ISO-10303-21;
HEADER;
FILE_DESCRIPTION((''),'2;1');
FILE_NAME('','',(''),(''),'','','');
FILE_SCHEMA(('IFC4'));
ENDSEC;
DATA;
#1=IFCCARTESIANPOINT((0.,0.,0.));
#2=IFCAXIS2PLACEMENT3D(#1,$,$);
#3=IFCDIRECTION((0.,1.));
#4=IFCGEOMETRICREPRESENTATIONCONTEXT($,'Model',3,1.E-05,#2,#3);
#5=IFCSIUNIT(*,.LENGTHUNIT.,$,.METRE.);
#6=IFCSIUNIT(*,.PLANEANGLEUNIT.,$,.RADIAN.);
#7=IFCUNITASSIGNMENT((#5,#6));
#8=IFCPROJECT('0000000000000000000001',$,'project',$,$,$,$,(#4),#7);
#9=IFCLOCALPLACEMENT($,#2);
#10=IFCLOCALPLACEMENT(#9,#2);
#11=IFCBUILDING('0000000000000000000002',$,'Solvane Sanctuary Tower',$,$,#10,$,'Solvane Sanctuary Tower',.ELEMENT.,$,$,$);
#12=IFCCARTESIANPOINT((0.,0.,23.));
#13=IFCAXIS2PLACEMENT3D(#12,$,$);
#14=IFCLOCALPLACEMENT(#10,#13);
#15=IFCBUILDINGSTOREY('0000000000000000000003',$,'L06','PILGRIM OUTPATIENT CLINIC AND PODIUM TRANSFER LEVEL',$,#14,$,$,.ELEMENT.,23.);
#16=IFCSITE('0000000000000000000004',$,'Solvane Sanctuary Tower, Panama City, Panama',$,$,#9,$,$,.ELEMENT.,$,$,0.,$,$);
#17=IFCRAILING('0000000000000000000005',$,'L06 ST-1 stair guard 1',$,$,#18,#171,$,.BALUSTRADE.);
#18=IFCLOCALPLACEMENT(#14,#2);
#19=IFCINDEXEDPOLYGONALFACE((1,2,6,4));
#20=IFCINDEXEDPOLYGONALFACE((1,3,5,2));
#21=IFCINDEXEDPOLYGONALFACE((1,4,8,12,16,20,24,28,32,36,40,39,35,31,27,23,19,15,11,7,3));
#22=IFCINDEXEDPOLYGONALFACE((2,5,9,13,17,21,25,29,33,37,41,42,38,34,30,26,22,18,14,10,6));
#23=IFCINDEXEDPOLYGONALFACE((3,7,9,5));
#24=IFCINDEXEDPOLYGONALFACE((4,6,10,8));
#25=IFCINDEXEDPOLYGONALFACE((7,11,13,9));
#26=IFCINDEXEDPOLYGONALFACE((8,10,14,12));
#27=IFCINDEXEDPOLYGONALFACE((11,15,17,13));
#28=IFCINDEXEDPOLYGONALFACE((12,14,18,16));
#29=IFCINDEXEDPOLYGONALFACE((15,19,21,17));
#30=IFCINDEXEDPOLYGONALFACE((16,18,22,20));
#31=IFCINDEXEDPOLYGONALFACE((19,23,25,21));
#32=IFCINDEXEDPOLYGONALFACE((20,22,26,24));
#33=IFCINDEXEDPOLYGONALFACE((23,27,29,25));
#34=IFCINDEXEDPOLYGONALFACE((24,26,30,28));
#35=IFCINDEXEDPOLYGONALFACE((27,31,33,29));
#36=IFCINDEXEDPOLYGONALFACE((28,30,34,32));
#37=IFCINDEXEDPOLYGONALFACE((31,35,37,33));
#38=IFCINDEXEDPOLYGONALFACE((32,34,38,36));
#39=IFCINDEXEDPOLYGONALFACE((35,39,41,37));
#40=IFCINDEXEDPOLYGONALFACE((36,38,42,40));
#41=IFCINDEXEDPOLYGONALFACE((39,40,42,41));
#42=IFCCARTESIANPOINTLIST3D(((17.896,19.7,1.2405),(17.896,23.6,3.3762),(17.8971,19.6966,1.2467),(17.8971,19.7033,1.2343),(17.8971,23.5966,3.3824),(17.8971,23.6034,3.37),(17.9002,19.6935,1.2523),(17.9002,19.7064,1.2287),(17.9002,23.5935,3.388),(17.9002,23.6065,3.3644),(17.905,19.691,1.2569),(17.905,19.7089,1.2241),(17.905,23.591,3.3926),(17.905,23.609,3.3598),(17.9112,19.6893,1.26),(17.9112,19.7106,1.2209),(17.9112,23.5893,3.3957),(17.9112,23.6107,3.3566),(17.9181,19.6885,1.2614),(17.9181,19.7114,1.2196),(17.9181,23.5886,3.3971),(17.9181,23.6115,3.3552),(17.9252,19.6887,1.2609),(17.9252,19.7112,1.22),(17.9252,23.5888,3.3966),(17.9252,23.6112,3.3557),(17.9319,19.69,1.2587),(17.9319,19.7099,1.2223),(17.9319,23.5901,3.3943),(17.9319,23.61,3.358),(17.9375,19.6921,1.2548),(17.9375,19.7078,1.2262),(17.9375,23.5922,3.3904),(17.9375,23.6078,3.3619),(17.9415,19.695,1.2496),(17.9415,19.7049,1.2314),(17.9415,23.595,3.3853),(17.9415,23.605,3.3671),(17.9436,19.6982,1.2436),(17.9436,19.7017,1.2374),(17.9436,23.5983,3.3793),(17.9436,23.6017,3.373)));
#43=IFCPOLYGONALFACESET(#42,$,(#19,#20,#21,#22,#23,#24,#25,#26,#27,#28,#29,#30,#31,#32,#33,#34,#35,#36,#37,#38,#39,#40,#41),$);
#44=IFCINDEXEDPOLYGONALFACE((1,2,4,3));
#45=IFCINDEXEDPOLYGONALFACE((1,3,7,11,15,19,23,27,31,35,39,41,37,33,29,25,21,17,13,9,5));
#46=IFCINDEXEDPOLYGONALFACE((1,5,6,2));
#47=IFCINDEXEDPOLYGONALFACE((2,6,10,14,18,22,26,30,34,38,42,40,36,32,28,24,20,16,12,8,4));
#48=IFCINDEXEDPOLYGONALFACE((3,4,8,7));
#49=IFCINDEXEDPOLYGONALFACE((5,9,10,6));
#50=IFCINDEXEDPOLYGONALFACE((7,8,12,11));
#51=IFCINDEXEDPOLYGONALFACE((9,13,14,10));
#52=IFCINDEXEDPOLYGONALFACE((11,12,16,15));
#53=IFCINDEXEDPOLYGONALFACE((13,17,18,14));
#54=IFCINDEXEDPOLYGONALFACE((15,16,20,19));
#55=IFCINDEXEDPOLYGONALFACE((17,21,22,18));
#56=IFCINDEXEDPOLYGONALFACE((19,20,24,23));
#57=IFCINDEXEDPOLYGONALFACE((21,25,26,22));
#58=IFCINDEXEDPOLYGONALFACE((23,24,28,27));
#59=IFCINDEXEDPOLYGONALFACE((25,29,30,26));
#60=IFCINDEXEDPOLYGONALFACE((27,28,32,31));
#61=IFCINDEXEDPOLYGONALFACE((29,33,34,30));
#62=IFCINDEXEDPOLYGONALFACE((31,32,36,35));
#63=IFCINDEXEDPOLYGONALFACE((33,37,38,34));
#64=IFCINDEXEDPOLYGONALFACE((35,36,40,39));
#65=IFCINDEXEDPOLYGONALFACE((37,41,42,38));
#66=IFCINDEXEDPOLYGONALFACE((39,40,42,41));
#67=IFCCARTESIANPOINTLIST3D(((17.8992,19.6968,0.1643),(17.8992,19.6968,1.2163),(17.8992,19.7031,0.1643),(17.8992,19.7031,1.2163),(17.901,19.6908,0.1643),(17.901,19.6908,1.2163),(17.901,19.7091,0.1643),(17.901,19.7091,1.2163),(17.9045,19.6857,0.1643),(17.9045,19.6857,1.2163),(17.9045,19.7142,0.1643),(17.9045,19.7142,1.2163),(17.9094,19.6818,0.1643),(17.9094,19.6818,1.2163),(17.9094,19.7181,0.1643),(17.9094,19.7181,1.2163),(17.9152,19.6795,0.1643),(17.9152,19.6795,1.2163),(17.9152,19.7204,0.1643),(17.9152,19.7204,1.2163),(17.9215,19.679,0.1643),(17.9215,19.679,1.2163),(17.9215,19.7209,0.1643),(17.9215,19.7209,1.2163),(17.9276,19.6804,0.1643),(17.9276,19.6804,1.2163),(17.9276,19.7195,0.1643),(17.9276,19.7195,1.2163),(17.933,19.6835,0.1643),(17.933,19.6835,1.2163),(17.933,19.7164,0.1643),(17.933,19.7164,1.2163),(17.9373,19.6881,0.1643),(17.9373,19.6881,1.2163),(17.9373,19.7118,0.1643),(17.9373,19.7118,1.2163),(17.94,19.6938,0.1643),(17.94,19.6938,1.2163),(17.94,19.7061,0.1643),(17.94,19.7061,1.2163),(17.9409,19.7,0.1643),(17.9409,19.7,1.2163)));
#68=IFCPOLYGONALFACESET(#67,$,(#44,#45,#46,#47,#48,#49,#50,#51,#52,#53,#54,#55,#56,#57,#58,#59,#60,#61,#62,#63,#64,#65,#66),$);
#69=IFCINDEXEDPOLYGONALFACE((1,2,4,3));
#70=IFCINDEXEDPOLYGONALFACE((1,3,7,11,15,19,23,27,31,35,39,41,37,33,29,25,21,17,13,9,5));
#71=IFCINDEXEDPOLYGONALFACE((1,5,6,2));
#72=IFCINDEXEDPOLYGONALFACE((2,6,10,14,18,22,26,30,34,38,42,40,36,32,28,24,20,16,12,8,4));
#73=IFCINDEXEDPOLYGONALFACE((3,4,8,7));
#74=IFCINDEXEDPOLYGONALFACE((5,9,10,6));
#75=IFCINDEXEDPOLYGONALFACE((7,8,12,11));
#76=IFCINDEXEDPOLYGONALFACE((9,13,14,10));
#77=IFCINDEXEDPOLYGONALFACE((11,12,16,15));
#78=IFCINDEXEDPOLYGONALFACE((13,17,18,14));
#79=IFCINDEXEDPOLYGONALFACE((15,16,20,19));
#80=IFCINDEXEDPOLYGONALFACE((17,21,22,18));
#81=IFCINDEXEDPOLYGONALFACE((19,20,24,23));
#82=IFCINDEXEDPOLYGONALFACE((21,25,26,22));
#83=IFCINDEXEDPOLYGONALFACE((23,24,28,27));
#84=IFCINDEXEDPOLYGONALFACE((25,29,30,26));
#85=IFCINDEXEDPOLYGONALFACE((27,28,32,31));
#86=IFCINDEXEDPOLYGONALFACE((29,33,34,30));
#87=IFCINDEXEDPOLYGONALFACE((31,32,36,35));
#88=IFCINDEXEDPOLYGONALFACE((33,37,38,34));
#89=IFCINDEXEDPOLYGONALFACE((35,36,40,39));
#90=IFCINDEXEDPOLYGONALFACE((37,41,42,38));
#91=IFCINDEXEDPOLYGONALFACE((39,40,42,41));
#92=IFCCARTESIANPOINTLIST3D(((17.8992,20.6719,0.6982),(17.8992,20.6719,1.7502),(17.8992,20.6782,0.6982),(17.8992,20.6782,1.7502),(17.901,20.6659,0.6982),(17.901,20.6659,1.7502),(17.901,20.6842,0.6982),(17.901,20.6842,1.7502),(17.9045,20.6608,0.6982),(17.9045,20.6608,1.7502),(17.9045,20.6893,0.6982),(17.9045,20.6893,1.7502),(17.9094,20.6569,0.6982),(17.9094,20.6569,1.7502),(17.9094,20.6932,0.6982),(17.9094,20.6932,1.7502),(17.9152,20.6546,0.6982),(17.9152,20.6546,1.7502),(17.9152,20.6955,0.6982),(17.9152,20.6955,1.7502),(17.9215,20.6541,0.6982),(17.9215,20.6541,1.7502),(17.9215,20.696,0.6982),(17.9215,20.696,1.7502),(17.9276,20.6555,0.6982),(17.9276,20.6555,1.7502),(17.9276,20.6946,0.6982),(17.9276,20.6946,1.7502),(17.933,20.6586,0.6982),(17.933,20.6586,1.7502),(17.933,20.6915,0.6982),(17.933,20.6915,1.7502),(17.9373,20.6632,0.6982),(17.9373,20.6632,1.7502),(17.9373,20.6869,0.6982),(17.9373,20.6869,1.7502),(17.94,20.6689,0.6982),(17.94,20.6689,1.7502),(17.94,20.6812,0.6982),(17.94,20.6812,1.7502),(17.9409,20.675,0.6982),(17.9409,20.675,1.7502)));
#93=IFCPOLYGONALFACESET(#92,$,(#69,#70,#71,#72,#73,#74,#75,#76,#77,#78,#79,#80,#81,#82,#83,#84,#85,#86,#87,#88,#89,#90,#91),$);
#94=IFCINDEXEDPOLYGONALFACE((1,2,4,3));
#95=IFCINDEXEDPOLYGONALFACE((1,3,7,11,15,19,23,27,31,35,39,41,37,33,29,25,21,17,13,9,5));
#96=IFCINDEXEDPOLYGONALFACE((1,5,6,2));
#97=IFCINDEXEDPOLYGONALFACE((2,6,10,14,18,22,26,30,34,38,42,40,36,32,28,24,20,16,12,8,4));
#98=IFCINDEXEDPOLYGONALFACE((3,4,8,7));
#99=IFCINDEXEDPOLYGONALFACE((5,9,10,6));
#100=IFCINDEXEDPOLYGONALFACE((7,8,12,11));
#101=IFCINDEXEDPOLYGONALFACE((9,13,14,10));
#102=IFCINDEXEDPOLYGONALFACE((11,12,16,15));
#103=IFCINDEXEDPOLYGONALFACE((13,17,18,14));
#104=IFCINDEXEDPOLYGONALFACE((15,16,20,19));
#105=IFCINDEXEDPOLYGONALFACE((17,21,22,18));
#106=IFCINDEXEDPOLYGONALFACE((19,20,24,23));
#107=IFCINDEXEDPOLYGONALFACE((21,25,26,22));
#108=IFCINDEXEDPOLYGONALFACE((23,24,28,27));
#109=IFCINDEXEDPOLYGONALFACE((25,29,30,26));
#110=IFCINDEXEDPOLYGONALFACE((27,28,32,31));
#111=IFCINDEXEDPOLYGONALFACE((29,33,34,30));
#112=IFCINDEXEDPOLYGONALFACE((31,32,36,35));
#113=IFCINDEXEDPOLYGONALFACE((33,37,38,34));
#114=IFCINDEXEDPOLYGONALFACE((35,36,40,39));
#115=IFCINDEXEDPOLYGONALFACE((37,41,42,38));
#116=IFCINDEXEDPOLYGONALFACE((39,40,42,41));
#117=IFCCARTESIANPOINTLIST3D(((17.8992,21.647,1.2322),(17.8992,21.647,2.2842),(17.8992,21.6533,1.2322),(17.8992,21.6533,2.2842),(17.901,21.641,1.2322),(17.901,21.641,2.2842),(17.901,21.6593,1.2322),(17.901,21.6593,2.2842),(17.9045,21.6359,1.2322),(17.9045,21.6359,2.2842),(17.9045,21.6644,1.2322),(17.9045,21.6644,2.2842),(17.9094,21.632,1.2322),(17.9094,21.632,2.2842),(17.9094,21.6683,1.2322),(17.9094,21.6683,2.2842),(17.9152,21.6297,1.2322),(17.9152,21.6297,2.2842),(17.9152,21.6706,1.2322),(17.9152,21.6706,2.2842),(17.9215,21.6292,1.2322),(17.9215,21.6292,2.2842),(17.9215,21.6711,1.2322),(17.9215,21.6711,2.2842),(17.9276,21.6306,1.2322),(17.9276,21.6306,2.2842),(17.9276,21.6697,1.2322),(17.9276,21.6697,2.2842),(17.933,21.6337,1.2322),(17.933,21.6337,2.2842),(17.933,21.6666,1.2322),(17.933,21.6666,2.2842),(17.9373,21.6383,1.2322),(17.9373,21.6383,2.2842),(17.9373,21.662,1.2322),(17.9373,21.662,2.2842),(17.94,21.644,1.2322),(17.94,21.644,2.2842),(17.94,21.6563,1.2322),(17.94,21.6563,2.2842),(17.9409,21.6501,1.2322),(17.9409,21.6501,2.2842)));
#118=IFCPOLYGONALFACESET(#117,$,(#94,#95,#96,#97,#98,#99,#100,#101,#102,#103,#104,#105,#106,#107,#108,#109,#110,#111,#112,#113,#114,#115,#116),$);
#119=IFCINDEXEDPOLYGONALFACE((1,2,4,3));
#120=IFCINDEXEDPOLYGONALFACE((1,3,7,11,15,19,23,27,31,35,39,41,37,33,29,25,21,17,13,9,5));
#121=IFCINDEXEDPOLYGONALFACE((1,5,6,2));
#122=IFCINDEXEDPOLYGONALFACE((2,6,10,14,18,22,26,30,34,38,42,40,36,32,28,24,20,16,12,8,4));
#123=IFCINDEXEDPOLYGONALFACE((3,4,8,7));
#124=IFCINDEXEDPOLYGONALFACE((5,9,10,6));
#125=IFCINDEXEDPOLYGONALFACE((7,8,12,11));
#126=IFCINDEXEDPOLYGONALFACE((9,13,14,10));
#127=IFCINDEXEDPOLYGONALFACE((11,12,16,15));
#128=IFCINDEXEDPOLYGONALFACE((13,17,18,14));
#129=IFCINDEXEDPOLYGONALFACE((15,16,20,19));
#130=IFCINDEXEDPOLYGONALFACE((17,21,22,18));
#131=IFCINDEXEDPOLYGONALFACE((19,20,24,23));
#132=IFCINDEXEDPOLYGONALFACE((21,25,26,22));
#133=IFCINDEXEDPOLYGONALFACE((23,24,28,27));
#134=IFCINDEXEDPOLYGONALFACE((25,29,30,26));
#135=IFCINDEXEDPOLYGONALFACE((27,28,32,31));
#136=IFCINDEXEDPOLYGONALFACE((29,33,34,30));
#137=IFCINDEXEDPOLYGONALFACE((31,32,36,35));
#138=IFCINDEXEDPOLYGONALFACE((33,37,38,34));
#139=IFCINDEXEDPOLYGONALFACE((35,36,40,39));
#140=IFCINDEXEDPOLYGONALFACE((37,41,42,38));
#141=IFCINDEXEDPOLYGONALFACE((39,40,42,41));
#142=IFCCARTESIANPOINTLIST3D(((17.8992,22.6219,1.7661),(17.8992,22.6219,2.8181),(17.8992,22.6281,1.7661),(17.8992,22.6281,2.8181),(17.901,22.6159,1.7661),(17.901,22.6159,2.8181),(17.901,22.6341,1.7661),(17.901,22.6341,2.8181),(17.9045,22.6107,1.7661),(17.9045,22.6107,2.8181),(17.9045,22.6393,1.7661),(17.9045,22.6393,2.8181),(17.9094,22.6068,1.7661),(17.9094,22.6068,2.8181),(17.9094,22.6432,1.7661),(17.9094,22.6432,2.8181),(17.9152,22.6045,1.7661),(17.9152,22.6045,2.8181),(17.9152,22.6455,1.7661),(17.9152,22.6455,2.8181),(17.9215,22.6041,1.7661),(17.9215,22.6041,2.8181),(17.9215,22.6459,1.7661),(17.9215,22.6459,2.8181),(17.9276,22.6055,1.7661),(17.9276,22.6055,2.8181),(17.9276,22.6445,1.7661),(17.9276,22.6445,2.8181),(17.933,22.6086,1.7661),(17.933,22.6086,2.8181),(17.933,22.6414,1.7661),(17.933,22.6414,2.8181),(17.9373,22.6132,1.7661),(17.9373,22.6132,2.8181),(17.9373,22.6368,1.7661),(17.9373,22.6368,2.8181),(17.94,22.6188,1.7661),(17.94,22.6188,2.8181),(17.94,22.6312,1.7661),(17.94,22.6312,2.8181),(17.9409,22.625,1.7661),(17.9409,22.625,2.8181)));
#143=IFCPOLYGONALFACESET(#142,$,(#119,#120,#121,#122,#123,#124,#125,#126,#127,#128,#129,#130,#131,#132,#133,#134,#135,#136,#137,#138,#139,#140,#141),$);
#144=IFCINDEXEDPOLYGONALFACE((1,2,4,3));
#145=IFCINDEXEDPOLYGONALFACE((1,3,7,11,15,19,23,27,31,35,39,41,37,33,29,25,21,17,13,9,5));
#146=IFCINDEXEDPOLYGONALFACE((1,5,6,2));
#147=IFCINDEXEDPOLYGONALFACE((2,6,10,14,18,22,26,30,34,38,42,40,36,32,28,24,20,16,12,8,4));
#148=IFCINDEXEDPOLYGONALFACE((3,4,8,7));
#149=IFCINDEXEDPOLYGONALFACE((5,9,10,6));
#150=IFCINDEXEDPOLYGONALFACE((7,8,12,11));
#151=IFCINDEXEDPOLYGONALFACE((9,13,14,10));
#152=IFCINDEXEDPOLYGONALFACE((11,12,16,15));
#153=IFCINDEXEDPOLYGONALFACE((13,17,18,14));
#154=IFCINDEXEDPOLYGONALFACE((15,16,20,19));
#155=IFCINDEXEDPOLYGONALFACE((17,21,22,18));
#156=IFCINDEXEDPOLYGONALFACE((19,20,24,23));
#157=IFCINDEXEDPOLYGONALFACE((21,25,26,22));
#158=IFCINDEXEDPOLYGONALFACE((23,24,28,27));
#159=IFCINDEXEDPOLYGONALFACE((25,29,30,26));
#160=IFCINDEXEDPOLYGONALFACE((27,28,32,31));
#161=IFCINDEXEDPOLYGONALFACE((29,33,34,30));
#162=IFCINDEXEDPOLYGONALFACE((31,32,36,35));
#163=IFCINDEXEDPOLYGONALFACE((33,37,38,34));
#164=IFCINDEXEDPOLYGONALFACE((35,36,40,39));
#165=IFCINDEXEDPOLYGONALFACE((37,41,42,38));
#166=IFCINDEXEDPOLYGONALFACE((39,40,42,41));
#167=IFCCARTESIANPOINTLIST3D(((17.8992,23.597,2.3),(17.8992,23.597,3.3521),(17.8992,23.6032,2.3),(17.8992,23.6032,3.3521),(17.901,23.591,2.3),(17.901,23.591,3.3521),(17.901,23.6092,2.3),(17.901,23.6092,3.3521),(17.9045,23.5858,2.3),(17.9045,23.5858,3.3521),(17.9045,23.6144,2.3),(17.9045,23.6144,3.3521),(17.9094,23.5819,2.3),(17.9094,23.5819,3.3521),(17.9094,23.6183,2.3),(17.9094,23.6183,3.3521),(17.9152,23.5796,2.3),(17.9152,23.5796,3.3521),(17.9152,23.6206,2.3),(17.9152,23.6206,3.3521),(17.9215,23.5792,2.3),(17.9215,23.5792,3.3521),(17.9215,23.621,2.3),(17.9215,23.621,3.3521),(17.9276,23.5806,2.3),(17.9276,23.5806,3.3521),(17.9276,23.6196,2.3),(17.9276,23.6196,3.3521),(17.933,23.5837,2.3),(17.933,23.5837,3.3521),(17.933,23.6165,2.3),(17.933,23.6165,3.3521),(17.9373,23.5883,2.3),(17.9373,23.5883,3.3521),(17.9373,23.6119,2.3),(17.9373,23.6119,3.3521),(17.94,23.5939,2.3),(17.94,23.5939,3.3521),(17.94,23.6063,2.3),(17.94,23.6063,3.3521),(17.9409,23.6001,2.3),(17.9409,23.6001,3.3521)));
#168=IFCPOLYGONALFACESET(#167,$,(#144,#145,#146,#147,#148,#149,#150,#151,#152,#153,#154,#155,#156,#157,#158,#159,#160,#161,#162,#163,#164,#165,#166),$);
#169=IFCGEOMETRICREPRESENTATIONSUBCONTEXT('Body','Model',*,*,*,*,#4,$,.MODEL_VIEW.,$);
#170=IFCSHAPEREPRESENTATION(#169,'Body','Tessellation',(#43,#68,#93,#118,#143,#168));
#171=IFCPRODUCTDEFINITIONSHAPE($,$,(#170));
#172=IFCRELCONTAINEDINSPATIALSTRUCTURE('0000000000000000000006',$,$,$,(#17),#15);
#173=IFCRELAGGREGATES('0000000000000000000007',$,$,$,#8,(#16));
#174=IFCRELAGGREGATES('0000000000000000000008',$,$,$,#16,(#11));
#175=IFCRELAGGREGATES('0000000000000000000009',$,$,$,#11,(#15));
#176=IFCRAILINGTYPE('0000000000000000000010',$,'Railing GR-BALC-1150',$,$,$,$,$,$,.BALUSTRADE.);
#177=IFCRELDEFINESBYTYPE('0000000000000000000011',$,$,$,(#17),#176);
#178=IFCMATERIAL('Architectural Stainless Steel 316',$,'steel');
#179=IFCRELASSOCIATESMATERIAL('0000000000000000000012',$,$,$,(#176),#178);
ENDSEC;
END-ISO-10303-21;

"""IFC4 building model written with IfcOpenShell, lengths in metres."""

from ifc_helpers import new_model, si_unit, direction, frame, origin, origin_2d, place, context, subcontext, project, spatial, circle, extrude, material, type_object, element, save


model = new_model("IFC4")

# Units and contexts
model_context = context("Model", 3, precision=1e-05, world=origin(), true_north=direction((0.0, 1.0)))
body_context = subcontext(model_context, "Body", "Model", "MODEL_VIEW")
ifc_project = project(units=[si_unit("LENGTHUNIT", "METRE"), si_unit("PLANEANGLEUNIT", "RADIAN")], contexts=[model_context])

# Site, building, storey
site_placement = place(None, origin())
site = spatial("IfcSite", under=ifc_project, at=site_placement, Name="Solvane Sanctuary Tower, Panama City, Panama", CompositionType="ELEMENT", RefElevation=0.0)
building_placement = place(site_placement, origin())
building = spatial("IfcBuilding", under=site, at=building_placement, Name="Solvane Sanctuary Tower", LongName="Solvane Sanctuary Tower", CompositionType="ELEMENT")
storey_placement = place(building_placement, frame((0.0, 0.0, 23.0)))
storey = spatial("IfcBuildingStorey", under=building, at=storey_placement, Name="L06", Description="PILGRIM OUTPATIENT CLINIC AND PODIUM TRANSFER LEVEL", CompositionType="ELEMENT", Elevation=23.0)

# Shared definitions
ifc_material_1 = material(Name="Architectural Stainless Steel 316", Category="steel")

# Railing
railing_type_1 = type_object("IfcRailingType", Name="Railing GR-BALC-1150", PredefinedType="BALUSTRADE", material=ifc_material_1)
railing_1_placement = place(storey_placement, frame((17.9199, 19.7, 0.1643)))
element("IfcRailing", 1, at=railing_1_placement, inside=storey, type_object=railing_type_1, Name="L06 ST-1 stair guard 1", PredefinedType="BALUSTRADE", context=body_context, shape_type="SweptSolid", body=[
    extrude(circle(Radius=0.0239, at=origin_2d()), frame((0.0, 0.0, 1.0762), z_axis=(0.0, 0.877101, 0.480306), x_axis=(-1.0, 0.0, 0.0)), (0.0, 0.0, 1.0), 4.4465),
    extrude(circle(Radius=0.021, at=origin_2d()), origin(), (0.0, 0.0, 1.0), 1.052),
    extrude(circle(Radius=0.021, at=origin_2d()), frame((0.0, 0.9751, 0.5339)), (0.0, 0.0, 1.0), 1.052),
    extrude(circle(Radius=0.021, at=origin_2d()), frame((0.0, 1.9502, 1.0679)), (0.0, 0.0, 1.0), 1.052),
    extrude(circle(Radius=0.021, at=origin_2d()), frame((0.0, 2.925, 1.6018)), (0.0, 0.0, 1.0), 1.052),
    extrude(circle(Radius=0.021, at=origin_2d()), frame((0.0, 3.9001, 2.1357)), (0.0, 0.0, 1.0), 1.052),
])

save(model, "model.ifc")
